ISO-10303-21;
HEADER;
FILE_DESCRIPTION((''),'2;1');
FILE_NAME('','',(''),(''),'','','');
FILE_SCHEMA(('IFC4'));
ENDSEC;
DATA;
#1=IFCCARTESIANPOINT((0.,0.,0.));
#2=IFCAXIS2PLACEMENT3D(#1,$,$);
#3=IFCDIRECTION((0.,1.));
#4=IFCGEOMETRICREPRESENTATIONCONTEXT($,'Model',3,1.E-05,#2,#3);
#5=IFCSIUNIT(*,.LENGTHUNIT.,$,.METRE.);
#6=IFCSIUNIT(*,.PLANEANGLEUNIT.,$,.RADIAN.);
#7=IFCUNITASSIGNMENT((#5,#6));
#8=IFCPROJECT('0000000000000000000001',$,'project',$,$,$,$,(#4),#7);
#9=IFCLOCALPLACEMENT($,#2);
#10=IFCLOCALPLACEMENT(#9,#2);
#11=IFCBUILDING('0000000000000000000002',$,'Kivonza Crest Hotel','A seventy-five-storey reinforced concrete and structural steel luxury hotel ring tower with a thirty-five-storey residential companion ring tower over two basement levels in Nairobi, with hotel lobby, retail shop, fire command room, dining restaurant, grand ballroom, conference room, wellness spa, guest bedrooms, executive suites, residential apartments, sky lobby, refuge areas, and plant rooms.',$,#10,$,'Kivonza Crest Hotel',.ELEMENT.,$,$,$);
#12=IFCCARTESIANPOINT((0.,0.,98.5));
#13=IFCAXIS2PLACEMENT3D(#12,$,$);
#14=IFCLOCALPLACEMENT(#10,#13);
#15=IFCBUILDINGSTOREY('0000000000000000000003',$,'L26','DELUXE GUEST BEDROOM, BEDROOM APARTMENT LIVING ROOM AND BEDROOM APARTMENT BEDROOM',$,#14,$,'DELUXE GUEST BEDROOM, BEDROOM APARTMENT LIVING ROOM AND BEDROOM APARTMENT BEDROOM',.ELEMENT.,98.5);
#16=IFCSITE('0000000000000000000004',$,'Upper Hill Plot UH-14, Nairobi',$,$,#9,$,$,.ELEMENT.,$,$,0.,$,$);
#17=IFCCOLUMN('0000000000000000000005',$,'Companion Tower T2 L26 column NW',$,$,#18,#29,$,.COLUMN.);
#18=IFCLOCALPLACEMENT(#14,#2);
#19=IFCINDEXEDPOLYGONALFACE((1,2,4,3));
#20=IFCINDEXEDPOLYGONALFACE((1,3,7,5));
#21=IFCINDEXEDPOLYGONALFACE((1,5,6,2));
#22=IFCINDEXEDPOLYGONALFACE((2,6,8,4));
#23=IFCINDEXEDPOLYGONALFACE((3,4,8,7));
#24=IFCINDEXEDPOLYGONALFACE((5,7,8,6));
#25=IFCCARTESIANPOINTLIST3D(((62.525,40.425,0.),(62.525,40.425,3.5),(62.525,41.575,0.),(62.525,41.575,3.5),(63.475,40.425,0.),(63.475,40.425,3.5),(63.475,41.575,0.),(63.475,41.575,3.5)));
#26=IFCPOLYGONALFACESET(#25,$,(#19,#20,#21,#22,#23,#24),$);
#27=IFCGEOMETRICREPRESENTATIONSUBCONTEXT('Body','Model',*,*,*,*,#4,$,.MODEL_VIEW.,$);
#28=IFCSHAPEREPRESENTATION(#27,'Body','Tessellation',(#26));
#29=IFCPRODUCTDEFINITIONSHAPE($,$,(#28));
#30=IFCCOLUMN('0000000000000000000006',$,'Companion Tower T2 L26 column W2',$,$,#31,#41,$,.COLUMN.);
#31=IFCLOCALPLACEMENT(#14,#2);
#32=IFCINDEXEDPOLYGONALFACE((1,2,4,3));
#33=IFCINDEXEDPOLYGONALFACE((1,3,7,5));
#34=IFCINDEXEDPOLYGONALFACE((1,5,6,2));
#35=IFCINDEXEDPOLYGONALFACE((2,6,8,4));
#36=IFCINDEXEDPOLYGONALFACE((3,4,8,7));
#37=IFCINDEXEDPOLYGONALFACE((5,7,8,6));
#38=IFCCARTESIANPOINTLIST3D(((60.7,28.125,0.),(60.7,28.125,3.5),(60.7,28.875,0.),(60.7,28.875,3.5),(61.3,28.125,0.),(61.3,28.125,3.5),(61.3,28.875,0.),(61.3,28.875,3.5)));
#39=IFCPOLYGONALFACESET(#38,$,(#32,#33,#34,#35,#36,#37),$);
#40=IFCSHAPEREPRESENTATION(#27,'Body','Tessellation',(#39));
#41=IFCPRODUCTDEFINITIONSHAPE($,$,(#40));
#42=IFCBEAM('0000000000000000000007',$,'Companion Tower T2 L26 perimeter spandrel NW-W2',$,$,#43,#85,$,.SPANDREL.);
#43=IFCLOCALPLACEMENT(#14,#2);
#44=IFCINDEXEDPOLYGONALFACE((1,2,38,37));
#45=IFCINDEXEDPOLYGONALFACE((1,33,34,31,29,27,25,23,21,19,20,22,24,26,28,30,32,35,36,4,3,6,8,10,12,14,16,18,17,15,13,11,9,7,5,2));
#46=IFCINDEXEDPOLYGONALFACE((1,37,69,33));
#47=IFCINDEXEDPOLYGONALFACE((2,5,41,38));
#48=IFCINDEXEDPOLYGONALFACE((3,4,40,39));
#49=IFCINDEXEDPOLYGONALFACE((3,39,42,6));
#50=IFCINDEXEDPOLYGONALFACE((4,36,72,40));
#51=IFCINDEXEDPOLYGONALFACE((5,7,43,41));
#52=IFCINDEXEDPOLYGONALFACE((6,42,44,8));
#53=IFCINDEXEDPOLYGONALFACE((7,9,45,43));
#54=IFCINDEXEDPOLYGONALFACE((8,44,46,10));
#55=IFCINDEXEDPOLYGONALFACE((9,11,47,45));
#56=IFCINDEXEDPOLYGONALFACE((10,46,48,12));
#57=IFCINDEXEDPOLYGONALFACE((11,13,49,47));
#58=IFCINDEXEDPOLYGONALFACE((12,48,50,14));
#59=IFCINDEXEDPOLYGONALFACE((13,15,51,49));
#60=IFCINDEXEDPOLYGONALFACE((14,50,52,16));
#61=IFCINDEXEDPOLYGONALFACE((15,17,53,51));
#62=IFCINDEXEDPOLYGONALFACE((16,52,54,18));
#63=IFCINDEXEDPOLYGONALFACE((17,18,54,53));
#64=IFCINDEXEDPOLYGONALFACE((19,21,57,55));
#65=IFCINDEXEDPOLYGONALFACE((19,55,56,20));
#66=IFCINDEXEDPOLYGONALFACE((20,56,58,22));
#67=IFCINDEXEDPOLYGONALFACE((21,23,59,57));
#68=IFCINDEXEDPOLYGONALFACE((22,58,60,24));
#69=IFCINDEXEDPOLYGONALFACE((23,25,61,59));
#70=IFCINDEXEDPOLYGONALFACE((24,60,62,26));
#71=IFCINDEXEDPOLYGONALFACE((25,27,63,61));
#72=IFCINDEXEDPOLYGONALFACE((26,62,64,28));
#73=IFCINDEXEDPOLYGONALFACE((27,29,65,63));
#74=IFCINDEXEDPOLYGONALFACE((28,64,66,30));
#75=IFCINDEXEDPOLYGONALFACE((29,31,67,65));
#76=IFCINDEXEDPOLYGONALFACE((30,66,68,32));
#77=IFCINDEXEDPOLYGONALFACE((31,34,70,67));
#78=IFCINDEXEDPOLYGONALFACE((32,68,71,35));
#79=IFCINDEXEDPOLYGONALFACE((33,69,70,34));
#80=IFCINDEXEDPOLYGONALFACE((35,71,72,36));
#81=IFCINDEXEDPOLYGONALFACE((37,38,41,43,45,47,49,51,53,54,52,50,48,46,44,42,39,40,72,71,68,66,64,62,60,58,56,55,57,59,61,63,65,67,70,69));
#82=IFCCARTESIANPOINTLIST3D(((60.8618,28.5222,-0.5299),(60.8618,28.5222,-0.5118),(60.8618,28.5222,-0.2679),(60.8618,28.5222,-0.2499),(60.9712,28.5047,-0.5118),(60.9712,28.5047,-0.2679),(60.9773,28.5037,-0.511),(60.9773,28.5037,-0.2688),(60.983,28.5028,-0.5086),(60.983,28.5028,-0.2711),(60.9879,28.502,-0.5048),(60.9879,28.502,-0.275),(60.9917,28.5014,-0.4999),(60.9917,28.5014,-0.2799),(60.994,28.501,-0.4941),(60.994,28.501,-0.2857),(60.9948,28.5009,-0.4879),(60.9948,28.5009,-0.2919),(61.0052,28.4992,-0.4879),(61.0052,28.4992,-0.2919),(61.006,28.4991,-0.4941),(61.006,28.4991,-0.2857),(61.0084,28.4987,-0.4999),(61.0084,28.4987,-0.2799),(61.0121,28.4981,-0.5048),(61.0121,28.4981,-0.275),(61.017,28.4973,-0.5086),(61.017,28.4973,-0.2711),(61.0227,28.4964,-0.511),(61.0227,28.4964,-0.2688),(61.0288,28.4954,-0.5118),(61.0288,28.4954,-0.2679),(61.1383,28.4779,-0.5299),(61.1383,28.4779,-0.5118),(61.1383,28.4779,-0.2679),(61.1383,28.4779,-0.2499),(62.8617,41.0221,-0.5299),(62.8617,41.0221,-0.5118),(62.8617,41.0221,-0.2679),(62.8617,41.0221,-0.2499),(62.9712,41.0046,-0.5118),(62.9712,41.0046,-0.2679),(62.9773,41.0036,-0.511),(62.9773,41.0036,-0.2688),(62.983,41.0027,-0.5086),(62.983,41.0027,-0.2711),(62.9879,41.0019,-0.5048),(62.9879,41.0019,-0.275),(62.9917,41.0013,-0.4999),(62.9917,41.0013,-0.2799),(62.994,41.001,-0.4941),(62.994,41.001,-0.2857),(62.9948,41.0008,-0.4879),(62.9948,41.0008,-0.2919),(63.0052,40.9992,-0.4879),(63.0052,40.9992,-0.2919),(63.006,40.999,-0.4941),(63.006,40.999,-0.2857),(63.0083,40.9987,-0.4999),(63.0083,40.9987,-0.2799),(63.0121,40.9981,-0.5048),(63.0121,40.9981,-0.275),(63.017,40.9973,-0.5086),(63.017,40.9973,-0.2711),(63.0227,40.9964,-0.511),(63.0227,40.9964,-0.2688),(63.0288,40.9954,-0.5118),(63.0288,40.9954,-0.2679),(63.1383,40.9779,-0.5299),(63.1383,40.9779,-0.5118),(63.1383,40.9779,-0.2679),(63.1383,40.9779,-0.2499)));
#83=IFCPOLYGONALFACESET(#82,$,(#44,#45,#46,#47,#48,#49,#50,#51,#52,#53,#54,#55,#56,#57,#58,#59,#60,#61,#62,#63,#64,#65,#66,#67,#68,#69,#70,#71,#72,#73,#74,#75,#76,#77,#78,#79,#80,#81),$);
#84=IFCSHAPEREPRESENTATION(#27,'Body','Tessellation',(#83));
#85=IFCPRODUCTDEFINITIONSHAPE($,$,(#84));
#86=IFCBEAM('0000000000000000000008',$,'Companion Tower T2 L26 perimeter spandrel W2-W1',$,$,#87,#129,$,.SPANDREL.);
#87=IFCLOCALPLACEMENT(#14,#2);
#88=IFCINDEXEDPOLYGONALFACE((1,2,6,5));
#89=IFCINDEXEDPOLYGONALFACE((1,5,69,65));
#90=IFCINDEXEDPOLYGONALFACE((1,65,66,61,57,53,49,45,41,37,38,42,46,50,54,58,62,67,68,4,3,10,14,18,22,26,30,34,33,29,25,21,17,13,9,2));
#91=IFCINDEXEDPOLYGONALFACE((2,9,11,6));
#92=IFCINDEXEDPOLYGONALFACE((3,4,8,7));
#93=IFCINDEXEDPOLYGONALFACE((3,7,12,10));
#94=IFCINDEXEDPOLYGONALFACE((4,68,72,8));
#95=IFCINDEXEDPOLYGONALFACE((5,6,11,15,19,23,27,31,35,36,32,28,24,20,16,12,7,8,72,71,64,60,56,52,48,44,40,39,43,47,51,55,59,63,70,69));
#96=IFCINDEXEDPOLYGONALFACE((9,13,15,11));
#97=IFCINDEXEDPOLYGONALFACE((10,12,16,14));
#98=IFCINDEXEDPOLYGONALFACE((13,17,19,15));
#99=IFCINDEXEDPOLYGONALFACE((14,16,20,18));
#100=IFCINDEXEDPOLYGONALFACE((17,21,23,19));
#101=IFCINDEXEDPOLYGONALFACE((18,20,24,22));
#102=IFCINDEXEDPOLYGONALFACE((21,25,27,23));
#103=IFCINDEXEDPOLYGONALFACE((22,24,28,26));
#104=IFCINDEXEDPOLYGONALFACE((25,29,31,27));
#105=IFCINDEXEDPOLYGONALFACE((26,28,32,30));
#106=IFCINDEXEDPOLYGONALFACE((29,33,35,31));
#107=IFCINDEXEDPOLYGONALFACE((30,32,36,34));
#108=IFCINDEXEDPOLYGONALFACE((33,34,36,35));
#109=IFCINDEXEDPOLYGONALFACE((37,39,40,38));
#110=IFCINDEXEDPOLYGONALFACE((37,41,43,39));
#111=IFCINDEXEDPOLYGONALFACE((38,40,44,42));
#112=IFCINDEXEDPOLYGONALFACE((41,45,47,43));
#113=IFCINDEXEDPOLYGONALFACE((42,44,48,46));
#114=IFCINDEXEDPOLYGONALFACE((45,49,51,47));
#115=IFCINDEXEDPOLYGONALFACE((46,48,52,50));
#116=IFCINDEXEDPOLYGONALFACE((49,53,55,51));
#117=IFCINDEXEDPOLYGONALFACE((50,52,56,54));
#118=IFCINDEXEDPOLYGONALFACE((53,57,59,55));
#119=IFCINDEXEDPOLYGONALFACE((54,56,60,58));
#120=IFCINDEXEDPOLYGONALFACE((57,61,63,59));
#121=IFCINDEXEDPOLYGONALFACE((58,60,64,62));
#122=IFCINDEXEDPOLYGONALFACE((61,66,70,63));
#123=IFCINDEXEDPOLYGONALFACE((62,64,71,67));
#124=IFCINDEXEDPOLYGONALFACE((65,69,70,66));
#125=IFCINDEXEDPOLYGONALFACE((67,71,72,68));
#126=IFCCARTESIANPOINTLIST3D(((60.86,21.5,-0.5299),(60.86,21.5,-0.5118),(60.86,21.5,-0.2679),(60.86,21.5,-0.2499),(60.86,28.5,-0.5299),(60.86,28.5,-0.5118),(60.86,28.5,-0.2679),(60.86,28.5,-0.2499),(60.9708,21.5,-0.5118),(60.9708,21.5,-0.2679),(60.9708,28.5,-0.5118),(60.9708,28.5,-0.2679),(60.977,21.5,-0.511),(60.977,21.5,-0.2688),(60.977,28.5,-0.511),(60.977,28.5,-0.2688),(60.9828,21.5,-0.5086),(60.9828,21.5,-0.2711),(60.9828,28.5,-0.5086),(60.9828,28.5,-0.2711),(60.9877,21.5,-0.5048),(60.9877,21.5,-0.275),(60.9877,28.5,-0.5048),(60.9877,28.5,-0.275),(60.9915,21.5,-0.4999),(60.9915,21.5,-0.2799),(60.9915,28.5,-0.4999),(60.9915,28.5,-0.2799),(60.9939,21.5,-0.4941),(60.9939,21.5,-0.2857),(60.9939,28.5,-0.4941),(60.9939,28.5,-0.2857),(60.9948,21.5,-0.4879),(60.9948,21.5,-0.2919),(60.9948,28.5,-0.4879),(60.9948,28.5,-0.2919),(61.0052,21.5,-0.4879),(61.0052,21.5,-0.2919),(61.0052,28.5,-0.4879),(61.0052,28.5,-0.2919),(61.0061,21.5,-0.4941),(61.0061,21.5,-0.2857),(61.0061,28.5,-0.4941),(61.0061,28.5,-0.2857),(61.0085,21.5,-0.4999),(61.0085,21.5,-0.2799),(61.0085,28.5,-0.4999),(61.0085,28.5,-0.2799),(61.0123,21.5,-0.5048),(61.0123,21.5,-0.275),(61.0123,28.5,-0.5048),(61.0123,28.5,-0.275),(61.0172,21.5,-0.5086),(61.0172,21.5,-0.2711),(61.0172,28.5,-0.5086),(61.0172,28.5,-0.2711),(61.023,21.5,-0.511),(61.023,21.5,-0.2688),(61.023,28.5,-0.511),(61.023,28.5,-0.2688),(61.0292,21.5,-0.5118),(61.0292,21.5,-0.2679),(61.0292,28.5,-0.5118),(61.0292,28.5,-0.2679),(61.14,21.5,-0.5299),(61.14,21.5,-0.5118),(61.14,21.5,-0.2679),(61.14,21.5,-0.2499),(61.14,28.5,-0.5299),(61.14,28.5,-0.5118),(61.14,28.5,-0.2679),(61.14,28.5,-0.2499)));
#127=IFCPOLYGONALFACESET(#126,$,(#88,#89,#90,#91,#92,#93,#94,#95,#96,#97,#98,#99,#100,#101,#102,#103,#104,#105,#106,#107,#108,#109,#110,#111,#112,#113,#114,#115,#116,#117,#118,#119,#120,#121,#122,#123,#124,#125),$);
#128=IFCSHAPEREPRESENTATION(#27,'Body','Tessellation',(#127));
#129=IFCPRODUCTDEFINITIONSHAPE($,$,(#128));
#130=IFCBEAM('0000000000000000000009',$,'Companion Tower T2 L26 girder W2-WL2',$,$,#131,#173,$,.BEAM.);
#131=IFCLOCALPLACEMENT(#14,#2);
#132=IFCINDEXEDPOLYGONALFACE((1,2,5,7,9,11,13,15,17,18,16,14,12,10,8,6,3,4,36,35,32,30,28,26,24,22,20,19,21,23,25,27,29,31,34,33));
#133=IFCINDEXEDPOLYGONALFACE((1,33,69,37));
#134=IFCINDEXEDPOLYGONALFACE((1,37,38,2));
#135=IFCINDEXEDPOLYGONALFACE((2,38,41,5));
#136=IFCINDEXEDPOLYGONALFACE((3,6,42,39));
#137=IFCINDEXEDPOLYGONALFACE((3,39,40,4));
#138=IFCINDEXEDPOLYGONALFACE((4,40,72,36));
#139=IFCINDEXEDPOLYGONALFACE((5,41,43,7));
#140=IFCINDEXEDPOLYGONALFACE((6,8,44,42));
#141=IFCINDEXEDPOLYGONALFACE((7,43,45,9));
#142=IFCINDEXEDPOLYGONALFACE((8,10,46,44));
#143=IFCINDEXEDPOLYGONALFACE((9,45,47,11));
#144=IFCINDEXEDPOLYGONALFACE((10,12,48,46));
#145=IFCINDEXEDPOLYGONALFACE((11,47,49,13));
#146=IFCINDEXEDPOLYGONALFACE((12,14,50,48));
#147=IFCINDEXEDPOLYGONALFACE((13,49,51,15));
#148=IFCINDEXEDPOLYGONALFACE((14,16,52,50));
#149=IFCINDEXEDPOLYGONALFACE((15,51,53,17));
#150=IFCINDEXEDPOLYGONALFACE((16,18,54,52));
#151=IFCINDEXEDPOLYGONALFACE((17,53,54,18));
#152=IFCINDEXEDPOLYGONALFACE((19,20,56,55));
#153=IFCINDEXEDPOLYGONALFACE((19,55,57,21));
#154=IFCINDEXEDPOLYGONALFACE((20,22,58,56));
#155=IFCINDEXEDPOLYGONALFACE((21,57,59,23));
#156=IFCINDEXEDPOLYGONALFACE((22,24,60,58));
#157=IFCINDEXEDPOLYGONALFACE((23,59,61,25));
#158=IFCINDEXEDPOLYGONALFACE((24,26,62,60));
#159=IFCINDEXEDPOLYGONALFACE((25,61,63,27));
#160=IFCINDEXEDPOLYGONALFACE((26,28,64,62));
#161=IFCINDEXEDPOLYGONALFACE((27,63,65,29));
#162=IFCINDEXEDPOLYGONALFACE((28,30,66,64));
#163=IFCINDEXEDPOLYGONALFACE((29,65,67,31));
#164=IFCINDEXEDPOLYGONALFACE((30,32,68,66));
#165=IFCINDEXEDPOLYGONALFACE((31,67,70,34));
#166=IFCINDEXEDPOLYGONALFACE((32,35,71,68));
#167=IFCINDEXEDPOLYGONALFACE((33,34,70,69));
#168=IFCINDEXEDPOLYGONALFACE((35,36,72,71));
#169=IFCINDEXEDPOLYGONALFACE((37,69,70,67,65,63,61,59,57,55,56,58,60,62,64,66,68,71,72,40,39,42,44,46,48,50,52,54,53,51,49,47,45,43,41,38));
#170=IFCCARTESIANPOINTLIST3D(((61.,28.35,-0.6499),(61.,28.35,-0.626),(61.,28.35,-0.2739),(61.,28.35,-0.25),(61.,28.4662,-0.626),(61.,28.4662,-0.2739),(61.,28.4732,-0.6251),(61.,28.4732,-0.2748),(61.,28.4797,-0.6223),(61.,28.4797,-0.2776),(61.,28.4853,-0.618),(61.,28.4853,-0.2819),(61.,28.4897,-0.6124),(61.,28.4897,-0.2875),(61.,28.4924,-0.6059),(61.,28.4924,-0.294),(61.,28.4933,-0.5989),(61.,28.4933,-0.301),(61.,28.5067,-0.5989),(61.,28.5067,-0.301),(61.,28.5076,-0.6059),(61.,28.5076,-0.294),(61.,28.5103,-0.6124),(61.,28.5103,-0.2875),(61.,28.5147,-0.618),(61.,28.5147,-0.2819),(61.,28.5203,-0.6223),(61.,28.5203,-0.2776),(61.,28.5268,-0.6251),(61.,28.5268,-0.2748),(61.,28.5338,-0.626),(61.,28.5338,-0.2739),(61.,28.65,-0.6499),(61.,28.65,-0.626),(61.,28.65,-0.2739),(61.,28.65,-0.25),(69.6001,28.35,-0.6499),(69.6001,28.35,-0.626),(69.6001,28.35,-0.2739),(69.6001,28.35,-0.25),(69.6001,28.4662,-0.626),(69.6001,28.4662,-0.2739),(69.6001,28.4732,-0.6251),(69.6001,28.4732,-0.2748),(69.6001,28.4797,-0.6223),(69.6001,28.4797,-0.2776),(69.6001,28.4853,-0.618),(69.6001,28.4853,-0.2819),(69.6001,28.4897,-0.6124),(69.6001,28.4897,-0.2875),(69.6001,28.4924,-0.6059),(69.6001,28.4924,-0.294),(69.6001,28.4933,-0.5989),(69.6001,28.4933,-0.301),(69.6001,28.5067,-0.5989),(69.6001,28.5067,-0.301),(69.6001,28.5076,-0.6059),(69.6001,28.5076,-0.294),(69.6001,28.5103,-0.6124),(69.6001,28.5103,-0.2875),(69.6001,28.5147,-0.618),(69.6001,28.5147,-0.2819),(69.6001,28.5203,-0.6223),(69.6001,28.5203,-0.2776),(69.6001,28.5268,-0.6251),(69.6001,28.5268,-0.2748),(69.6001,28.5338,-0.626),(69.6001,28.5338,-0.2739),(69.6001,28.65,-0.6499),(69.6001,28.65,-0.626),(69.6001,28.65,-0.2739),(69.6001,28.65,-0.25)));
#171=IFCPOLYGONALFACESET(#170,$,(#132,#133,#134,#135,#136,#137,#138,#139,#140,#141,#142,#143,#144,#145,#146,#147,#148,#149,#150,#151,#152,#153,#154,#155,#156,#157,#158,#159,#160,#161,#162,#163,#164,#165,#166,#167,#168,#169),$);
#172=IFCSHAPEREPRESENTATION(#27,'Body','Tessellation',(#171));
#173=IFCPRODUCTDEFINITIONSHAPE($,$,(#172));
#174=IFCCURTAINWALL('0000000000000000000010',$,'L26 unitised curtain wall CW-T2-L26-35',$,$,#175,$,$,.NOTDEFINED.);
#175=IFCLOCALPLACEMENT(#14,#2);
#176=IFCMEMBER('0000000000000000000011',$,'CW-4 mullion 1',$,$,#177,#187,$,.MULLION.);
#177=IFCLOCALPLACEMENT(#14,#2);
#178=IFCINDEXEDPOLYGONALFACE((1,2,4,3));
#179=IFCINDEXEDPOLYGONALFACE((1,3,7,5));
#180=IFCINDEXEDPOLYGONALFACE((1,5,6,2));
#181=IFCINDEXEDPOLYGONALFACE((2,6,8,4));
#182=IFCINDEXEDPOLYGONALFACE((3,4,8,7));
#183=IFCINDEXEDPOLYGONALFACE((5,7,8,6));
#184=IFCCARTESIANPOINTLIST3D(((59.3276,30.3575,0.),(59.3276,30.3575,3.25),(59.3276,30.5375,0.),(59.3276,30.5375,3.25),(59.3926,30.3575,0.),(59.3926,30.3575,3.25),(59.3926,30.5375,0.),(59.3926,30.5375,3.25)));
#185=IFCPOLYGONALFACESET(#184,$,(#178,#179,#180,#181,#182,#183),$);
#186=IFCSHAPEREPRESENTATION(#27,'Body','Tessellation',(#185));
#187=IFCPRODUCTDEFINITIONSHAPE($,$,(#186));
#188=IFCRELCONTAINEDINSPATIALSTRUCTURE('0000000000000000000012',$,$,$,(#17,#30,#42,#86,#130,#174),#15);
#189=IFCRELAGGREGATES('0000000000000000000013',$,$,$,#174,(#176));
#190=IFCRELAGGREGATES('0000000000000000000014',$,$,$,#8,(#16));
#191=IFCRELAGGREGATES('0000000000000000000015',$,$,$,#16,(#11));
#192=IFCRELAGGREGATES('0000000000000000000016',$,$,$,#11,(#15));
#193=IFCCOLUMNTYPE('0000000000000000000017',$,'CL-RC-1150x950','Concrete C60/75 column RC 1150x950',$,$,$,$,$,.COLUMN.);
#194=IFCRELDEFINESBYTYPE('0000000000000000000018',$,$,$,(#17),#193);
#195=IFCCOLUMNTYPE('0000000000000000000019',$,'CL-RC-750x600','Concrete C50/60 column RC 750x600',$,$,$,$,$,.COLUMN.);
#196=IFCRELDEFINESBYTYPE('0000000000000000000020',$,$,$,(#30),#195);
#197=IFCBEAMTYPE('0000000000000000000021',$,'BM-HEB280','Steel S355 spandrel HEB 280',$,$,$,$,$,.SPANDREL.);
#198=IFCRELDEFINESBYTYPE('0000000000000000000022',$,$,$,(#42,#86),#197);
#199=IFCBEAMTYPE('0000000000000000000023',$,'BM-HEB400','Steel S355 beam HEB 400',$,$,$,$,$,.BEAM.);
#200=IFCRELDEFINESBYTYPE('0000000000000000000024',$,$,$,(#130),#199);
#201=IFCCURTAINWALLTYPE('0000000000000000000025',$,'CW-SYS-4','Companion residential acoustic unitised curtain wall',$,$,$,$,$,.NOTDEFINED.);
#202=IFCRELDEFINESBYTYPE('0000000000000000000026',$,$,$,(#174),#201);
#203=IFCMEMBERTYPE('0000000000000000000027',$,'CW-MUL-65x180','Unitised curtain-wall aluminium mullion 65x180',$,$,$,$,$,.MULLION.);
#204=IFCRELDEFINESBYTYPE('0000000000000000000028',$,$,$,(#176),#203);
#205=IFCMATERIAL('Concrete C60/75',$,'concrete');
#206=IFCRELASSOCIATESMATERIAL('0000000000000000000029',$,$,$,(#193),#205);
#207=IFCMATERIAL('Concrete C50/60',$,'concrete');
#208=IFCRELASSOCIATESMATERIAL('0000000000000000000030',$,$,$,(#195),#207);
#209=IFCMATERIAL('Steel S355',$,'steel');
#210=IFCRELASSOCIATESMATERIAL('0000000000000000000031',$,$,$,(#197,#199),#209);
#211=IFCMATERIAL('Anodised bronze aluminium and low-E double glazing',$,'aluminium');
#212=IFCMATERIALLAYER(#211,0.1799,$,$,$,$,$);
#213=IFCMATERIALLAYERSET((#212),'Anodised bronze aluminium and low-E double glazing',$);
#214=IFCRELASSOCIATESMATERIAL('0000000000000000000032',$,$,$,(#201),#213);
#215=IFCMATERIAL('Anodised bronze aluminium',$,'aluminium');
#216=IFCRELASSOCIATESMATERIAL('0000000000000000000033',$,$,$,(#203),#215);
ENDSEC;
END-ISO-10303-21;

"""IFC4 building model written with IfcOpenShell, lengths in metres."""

from ifc_helpers import new_model, si_unit, direction, frame, origin, origin_2d, place, context, subcontext, project, spatial, rectangle, i_section, extrude, material, layer, layer_set, material_profile, profile_set, type_object, element, aggregate, save


model = new_model("IFC4")

# Units and contexts
model_context = context("Model", 3, precision=1e-05, world=origin(), true_north=direction((0.0, 1.0)))
body_context = subcontext(model_context, "Body", "Model", "MODEL_VIEW")
ifc_project = project(units=[si_unit("LENGTHUNIT", "METRE"), si_unit("PLANEANGLEUNIT", "RADIAN")], contexts=[model_context])

# Site, building, storey
site_placement = place(None, origin())
site = spatial("IfcSite", under=ifc_project, at=site_placement, Name="Upper Hill Plot UH-14, Nairobi", CompositionType="ELEMENT", RefElevation=0.0)
building_placement = place(site_placement, origin())
building = spatial("IfcBuilding", under=site, at=building_placement, Name="Kivonza Crest Hotel", Description="A seventy-five-storey reinforced concrete and structural steel luxury hotel ring tower with a thirty-five-storey residential companion ring tower over two basement levels in Nairobi, with hotel lobby, retail shop, fire command room, dining restaurant, grand ballroom, conference room, wellness spa, guest bedrooms, executive suites, residential apartments, sky lobby, refuge areas, and plant rooms.", LongName="Kivonza Crest Hotel", CompositionType="ELEMENT")
storey_placement = place(building_placement, frame((0.0, 0.0, 98.5)))
storey = spatial("IfcBuildingStorey", under=building, at=storey_placement, Name="L26", Description="DELUXE GUEST BEDROOM, BEDROOM APARTMENT LIVING ROOM AND BEDROOM APARTMENT BEDROOM", LongName="DELUXE GUEST BEDROOM, BEDROOM APARTMENT LIVING ROOM AND BEDROOM APARTMENT BEDROOM", CompositionType="ELEMENT", Elevation=98.5)

# Columns
ifc_material_1 = material(Name="Concrete C60/75", Category="concrete")
ifc_material_profile_1 = material_profile(ifc_material_1, rectangle(XDim=0.95, YDim=1.1499, at=origin_2d()), Name="RC 1150x950")
ifc_profile_set_1 = profile_set([ifc_material_profile_1], Name="Concrete C60/75")
column_type_1 = type_object("IfcColumnType", Name="CL-RC-1150x950", Description="Concrete C60/75 column RC 1150x950", PredefinedType="COLUMN", material=ifc_profile_set_1)
column_1_placement = place(storey_placement, frame((63.0, 41.0, 0.0), z_axis=(0.0, 0.0, 1.0), x_axis=(1.0, 0.0, 0.0)))
element("IfcColumn", 1, at=column_1_placement, inside=storey, type_object=column_type_1, Name="Companion Tower T2 L26 column NW", PredefinedType="COLUMN", context=body_context, shape_type="SweptSolid", body=[
    extrude(rectangle(XDim=0.95, YDim=1.1499, at=origin_2d()), origin(), (0.0, 0.0, 1.0), 3.5),
])
ifc_material_2 = material(Name="Concrete C50/60", Category="concrete")
ifc_material_profile_2 = material_profile(ifc_material_2, rectangle(XDim=0.6001, YDim=0.75, at=origin_2d()), Name="RC 750x600")
ifc_profile_set_2 = profile_set([ifc_material_profile_2], Name="Concrete C50/60")
column_type_2 = type_object("IfcColumnType", Name="CL-RC-750x600", Description="Concrete C50/60 column RC 750x600", PredefinedType="COLUMN", material=ifc_profile_set_2)
column_2_placement = place(storey_placement, frame((61.0, 28.5, 0.0), z_axis=(0.0, 0.0, 1.0), x_axis=(1.0, 0.0, 0.0)))
element("IfcColumn", 2, at=column_2_placement, inside=storey, type_object=column_type_2, Name="Companion Tower T2 L26 column W2", PredefinedType="COLUMN", context=body_context, shape_type="SweptSolid", body=[
    extrude(rectangle(XDim=0.6001, YDim=0.75, at=origin_2d()), origin(), (0.0, 0.0, 1.0), 3.5),
])

# Beams
ifc_material_3 = material(Name="Steel S355", Category="steel")
ifc_material_profile_3 = material_profile(ifc_material_3, i_section(OverallWidth=0.28, OverallDepth=0.28, WebThickness=0.0105, FlangeThickness=0.0181, FilletRadius=0.0239, at=origin_2d()), Name="HEB 280")
ifc_profile_set_3 = profile_set([ifc_material_profile_3], Name="Steel S355")
beam_type_1 = type_object("IfcBeamType", Name="BM-HEB280", Description="Steel S355 spandrel HEB 280", PredefinedType="SPANDREL", material=ifc_profile_set_3)
beam_1_placement = place(storey_placement, frame((63.0, 41.0, -0.3899), z_axis=(-0.157991, -0.987441, 0.0), x_axis=(0.987441, -0.157991, 0.0)))
element("IfcBeam", 3, at=beam_1_placement, inside=storey, type_object=beam_type_1, Name="Companion Tower T2 L26 perimeter spandrel NW-W2", PredefinedType="SPANDREL", context=body_context, shape_type="SweptSolid", body=[
    extrude(i_section(OverallWidth=0.28, OverallDepth=0.28, WebThickness=0.0105, FlangeThickness=0.0181, FilletRadius=0.0239, at=origin_2d()), origin(), (0.0, 0.0, 1.0), 12.6589),
])
beam_2_placement = place(storey_placement, frame((61.0, 28.5, -0.3899), z_axis=(0.0, -1.0, 0.0), x_axis=(1.0, 0.0, 0.0)))
element("IfcBeam", 4, at=beam_2_placement, inside=storey, type_object=beam_type_1, Name="Companion Tower T2 L26 perimeter spandrel W2-W1", PredefinedType="SPANDREL", context=body_context, shape_type="SweptSolid", body=[
    extrude(i_section(OverallWidth=0.28, OverallDepth=0.28, WebThickness=0.0105, FlangeThickness=0.0181, FilletRadius=0.0239, at=origin_2d()), origin(), (0.0, 0.0, 1.0), 7.0),
])
ifc_material_profile_4 = material_profile(ifc_material_3, i_section(OverallWidth=0.3, OverallDepth=0.3999, WebThickness=0.0134, FlangeThickness=0.0239, FilletRadius=0.0271, at=origin_2d()), Name="HEB 400")
ifc_profile_set_4 = profile_set([ifc_material_profile_4], Name="Steel S355")
beam_type_2 = type_object("IfcBeamType", Name="BM-HEB400", Description="Steel S355 beam HEB 400", PredefinedType="BEAM", material=ifc_profile_set_4)
beam_3_placement = place(storey_placement, frame((61.0, 28.5, -0.45), z_axis=(1.0, 0.0, 0.0), x_axis=(0.0, 1.0, 0.0)))
element("IfcBeam", 5, at=beam_3_placement, inside=storey, type_object=beam_type_2, Name="Companion Tower T2 L26 girder W2-WL2", PredefinedType="BEAM", context=body_context, shape_type="SweptSolid", body=[
    extrude(i_section(OverallWidth=0.3, OverallDepth=0.3999, WebThickness=0.0134, FlangeThickness=0.0239, FilletRadius=0.0271, at=origin_2d()), origin(), (0.0, 0.0, 1.0), 8.6001),
])

# Curtain wall, member
ifc_material_4 = material(Name="Anodised bronze aluminium and low-E double glazing", Category="aluminium")
ifc_layer_1 = layer(ifc_material_4, 0.1799)
ifc_layer_set_1 = layer_set([ifc_layer_1], Name="Anodised bronze aluminium and low-E double glazing")
curtain_wall_type = type_object("IfcCurtainWallType", Name="CW-SYS-4", Description="Companion residential acoustic unitised curtain wall", PredefinedType="NOTDEFINED", material=ifc_layer_set_1)
curtain_wall_placement = place(storey_placement, origin())
curtain_wall = element("IfcCurtainWall", 6, at=curtain_wall_placement, inside=storey, type_object=curtain_wall_type, Name="L26 unitised curtain wall CW-T2-L26-35", PredefinedType="NOTDEFINED")
ifc_material_5 = material(Name="Anodised bronze aluminium", Category="aluminium")
ifc_material_profile_5 = material_profile(ifc_material_5, rectangle(XDim=0.0649, YDim=0.1799, at=origin_2d()), Name="CW-M 65x180")
ifc_profile_set_5 = profile_set([ifc_material_profile_5], Name="Anodised bronze aluminium")
member_type = type_object("IfcMemberType", Name="CW-MUL-65x180", Description="Unitised curtain-wall aluminium mullion 65x180", PredefinedType="MULLION", material=ifc_profile_set_5)
member_placement = place(storey_placement, frame((59.3601, 30.4475, 0.0), z_axis=(0.0, 0.0, 1.0), x_axis=(1.0, 0.0, 0.0)))
member = element("IfcMember", 7, at=member_placement, type_object=member_type, Name="CW-4 mullion 1", PredefinedType="MULLION", context=body_context, shape_type="SweptSolid", body=[
    extrude(rectangle(XDim=0.0649, YDim=0.1799, at=origin_2d()), origin(), (0.0, 0.0, 1.0), 3.25),
])
aggregate(curtain_wall, [member])

save(model, "model.ifc")
